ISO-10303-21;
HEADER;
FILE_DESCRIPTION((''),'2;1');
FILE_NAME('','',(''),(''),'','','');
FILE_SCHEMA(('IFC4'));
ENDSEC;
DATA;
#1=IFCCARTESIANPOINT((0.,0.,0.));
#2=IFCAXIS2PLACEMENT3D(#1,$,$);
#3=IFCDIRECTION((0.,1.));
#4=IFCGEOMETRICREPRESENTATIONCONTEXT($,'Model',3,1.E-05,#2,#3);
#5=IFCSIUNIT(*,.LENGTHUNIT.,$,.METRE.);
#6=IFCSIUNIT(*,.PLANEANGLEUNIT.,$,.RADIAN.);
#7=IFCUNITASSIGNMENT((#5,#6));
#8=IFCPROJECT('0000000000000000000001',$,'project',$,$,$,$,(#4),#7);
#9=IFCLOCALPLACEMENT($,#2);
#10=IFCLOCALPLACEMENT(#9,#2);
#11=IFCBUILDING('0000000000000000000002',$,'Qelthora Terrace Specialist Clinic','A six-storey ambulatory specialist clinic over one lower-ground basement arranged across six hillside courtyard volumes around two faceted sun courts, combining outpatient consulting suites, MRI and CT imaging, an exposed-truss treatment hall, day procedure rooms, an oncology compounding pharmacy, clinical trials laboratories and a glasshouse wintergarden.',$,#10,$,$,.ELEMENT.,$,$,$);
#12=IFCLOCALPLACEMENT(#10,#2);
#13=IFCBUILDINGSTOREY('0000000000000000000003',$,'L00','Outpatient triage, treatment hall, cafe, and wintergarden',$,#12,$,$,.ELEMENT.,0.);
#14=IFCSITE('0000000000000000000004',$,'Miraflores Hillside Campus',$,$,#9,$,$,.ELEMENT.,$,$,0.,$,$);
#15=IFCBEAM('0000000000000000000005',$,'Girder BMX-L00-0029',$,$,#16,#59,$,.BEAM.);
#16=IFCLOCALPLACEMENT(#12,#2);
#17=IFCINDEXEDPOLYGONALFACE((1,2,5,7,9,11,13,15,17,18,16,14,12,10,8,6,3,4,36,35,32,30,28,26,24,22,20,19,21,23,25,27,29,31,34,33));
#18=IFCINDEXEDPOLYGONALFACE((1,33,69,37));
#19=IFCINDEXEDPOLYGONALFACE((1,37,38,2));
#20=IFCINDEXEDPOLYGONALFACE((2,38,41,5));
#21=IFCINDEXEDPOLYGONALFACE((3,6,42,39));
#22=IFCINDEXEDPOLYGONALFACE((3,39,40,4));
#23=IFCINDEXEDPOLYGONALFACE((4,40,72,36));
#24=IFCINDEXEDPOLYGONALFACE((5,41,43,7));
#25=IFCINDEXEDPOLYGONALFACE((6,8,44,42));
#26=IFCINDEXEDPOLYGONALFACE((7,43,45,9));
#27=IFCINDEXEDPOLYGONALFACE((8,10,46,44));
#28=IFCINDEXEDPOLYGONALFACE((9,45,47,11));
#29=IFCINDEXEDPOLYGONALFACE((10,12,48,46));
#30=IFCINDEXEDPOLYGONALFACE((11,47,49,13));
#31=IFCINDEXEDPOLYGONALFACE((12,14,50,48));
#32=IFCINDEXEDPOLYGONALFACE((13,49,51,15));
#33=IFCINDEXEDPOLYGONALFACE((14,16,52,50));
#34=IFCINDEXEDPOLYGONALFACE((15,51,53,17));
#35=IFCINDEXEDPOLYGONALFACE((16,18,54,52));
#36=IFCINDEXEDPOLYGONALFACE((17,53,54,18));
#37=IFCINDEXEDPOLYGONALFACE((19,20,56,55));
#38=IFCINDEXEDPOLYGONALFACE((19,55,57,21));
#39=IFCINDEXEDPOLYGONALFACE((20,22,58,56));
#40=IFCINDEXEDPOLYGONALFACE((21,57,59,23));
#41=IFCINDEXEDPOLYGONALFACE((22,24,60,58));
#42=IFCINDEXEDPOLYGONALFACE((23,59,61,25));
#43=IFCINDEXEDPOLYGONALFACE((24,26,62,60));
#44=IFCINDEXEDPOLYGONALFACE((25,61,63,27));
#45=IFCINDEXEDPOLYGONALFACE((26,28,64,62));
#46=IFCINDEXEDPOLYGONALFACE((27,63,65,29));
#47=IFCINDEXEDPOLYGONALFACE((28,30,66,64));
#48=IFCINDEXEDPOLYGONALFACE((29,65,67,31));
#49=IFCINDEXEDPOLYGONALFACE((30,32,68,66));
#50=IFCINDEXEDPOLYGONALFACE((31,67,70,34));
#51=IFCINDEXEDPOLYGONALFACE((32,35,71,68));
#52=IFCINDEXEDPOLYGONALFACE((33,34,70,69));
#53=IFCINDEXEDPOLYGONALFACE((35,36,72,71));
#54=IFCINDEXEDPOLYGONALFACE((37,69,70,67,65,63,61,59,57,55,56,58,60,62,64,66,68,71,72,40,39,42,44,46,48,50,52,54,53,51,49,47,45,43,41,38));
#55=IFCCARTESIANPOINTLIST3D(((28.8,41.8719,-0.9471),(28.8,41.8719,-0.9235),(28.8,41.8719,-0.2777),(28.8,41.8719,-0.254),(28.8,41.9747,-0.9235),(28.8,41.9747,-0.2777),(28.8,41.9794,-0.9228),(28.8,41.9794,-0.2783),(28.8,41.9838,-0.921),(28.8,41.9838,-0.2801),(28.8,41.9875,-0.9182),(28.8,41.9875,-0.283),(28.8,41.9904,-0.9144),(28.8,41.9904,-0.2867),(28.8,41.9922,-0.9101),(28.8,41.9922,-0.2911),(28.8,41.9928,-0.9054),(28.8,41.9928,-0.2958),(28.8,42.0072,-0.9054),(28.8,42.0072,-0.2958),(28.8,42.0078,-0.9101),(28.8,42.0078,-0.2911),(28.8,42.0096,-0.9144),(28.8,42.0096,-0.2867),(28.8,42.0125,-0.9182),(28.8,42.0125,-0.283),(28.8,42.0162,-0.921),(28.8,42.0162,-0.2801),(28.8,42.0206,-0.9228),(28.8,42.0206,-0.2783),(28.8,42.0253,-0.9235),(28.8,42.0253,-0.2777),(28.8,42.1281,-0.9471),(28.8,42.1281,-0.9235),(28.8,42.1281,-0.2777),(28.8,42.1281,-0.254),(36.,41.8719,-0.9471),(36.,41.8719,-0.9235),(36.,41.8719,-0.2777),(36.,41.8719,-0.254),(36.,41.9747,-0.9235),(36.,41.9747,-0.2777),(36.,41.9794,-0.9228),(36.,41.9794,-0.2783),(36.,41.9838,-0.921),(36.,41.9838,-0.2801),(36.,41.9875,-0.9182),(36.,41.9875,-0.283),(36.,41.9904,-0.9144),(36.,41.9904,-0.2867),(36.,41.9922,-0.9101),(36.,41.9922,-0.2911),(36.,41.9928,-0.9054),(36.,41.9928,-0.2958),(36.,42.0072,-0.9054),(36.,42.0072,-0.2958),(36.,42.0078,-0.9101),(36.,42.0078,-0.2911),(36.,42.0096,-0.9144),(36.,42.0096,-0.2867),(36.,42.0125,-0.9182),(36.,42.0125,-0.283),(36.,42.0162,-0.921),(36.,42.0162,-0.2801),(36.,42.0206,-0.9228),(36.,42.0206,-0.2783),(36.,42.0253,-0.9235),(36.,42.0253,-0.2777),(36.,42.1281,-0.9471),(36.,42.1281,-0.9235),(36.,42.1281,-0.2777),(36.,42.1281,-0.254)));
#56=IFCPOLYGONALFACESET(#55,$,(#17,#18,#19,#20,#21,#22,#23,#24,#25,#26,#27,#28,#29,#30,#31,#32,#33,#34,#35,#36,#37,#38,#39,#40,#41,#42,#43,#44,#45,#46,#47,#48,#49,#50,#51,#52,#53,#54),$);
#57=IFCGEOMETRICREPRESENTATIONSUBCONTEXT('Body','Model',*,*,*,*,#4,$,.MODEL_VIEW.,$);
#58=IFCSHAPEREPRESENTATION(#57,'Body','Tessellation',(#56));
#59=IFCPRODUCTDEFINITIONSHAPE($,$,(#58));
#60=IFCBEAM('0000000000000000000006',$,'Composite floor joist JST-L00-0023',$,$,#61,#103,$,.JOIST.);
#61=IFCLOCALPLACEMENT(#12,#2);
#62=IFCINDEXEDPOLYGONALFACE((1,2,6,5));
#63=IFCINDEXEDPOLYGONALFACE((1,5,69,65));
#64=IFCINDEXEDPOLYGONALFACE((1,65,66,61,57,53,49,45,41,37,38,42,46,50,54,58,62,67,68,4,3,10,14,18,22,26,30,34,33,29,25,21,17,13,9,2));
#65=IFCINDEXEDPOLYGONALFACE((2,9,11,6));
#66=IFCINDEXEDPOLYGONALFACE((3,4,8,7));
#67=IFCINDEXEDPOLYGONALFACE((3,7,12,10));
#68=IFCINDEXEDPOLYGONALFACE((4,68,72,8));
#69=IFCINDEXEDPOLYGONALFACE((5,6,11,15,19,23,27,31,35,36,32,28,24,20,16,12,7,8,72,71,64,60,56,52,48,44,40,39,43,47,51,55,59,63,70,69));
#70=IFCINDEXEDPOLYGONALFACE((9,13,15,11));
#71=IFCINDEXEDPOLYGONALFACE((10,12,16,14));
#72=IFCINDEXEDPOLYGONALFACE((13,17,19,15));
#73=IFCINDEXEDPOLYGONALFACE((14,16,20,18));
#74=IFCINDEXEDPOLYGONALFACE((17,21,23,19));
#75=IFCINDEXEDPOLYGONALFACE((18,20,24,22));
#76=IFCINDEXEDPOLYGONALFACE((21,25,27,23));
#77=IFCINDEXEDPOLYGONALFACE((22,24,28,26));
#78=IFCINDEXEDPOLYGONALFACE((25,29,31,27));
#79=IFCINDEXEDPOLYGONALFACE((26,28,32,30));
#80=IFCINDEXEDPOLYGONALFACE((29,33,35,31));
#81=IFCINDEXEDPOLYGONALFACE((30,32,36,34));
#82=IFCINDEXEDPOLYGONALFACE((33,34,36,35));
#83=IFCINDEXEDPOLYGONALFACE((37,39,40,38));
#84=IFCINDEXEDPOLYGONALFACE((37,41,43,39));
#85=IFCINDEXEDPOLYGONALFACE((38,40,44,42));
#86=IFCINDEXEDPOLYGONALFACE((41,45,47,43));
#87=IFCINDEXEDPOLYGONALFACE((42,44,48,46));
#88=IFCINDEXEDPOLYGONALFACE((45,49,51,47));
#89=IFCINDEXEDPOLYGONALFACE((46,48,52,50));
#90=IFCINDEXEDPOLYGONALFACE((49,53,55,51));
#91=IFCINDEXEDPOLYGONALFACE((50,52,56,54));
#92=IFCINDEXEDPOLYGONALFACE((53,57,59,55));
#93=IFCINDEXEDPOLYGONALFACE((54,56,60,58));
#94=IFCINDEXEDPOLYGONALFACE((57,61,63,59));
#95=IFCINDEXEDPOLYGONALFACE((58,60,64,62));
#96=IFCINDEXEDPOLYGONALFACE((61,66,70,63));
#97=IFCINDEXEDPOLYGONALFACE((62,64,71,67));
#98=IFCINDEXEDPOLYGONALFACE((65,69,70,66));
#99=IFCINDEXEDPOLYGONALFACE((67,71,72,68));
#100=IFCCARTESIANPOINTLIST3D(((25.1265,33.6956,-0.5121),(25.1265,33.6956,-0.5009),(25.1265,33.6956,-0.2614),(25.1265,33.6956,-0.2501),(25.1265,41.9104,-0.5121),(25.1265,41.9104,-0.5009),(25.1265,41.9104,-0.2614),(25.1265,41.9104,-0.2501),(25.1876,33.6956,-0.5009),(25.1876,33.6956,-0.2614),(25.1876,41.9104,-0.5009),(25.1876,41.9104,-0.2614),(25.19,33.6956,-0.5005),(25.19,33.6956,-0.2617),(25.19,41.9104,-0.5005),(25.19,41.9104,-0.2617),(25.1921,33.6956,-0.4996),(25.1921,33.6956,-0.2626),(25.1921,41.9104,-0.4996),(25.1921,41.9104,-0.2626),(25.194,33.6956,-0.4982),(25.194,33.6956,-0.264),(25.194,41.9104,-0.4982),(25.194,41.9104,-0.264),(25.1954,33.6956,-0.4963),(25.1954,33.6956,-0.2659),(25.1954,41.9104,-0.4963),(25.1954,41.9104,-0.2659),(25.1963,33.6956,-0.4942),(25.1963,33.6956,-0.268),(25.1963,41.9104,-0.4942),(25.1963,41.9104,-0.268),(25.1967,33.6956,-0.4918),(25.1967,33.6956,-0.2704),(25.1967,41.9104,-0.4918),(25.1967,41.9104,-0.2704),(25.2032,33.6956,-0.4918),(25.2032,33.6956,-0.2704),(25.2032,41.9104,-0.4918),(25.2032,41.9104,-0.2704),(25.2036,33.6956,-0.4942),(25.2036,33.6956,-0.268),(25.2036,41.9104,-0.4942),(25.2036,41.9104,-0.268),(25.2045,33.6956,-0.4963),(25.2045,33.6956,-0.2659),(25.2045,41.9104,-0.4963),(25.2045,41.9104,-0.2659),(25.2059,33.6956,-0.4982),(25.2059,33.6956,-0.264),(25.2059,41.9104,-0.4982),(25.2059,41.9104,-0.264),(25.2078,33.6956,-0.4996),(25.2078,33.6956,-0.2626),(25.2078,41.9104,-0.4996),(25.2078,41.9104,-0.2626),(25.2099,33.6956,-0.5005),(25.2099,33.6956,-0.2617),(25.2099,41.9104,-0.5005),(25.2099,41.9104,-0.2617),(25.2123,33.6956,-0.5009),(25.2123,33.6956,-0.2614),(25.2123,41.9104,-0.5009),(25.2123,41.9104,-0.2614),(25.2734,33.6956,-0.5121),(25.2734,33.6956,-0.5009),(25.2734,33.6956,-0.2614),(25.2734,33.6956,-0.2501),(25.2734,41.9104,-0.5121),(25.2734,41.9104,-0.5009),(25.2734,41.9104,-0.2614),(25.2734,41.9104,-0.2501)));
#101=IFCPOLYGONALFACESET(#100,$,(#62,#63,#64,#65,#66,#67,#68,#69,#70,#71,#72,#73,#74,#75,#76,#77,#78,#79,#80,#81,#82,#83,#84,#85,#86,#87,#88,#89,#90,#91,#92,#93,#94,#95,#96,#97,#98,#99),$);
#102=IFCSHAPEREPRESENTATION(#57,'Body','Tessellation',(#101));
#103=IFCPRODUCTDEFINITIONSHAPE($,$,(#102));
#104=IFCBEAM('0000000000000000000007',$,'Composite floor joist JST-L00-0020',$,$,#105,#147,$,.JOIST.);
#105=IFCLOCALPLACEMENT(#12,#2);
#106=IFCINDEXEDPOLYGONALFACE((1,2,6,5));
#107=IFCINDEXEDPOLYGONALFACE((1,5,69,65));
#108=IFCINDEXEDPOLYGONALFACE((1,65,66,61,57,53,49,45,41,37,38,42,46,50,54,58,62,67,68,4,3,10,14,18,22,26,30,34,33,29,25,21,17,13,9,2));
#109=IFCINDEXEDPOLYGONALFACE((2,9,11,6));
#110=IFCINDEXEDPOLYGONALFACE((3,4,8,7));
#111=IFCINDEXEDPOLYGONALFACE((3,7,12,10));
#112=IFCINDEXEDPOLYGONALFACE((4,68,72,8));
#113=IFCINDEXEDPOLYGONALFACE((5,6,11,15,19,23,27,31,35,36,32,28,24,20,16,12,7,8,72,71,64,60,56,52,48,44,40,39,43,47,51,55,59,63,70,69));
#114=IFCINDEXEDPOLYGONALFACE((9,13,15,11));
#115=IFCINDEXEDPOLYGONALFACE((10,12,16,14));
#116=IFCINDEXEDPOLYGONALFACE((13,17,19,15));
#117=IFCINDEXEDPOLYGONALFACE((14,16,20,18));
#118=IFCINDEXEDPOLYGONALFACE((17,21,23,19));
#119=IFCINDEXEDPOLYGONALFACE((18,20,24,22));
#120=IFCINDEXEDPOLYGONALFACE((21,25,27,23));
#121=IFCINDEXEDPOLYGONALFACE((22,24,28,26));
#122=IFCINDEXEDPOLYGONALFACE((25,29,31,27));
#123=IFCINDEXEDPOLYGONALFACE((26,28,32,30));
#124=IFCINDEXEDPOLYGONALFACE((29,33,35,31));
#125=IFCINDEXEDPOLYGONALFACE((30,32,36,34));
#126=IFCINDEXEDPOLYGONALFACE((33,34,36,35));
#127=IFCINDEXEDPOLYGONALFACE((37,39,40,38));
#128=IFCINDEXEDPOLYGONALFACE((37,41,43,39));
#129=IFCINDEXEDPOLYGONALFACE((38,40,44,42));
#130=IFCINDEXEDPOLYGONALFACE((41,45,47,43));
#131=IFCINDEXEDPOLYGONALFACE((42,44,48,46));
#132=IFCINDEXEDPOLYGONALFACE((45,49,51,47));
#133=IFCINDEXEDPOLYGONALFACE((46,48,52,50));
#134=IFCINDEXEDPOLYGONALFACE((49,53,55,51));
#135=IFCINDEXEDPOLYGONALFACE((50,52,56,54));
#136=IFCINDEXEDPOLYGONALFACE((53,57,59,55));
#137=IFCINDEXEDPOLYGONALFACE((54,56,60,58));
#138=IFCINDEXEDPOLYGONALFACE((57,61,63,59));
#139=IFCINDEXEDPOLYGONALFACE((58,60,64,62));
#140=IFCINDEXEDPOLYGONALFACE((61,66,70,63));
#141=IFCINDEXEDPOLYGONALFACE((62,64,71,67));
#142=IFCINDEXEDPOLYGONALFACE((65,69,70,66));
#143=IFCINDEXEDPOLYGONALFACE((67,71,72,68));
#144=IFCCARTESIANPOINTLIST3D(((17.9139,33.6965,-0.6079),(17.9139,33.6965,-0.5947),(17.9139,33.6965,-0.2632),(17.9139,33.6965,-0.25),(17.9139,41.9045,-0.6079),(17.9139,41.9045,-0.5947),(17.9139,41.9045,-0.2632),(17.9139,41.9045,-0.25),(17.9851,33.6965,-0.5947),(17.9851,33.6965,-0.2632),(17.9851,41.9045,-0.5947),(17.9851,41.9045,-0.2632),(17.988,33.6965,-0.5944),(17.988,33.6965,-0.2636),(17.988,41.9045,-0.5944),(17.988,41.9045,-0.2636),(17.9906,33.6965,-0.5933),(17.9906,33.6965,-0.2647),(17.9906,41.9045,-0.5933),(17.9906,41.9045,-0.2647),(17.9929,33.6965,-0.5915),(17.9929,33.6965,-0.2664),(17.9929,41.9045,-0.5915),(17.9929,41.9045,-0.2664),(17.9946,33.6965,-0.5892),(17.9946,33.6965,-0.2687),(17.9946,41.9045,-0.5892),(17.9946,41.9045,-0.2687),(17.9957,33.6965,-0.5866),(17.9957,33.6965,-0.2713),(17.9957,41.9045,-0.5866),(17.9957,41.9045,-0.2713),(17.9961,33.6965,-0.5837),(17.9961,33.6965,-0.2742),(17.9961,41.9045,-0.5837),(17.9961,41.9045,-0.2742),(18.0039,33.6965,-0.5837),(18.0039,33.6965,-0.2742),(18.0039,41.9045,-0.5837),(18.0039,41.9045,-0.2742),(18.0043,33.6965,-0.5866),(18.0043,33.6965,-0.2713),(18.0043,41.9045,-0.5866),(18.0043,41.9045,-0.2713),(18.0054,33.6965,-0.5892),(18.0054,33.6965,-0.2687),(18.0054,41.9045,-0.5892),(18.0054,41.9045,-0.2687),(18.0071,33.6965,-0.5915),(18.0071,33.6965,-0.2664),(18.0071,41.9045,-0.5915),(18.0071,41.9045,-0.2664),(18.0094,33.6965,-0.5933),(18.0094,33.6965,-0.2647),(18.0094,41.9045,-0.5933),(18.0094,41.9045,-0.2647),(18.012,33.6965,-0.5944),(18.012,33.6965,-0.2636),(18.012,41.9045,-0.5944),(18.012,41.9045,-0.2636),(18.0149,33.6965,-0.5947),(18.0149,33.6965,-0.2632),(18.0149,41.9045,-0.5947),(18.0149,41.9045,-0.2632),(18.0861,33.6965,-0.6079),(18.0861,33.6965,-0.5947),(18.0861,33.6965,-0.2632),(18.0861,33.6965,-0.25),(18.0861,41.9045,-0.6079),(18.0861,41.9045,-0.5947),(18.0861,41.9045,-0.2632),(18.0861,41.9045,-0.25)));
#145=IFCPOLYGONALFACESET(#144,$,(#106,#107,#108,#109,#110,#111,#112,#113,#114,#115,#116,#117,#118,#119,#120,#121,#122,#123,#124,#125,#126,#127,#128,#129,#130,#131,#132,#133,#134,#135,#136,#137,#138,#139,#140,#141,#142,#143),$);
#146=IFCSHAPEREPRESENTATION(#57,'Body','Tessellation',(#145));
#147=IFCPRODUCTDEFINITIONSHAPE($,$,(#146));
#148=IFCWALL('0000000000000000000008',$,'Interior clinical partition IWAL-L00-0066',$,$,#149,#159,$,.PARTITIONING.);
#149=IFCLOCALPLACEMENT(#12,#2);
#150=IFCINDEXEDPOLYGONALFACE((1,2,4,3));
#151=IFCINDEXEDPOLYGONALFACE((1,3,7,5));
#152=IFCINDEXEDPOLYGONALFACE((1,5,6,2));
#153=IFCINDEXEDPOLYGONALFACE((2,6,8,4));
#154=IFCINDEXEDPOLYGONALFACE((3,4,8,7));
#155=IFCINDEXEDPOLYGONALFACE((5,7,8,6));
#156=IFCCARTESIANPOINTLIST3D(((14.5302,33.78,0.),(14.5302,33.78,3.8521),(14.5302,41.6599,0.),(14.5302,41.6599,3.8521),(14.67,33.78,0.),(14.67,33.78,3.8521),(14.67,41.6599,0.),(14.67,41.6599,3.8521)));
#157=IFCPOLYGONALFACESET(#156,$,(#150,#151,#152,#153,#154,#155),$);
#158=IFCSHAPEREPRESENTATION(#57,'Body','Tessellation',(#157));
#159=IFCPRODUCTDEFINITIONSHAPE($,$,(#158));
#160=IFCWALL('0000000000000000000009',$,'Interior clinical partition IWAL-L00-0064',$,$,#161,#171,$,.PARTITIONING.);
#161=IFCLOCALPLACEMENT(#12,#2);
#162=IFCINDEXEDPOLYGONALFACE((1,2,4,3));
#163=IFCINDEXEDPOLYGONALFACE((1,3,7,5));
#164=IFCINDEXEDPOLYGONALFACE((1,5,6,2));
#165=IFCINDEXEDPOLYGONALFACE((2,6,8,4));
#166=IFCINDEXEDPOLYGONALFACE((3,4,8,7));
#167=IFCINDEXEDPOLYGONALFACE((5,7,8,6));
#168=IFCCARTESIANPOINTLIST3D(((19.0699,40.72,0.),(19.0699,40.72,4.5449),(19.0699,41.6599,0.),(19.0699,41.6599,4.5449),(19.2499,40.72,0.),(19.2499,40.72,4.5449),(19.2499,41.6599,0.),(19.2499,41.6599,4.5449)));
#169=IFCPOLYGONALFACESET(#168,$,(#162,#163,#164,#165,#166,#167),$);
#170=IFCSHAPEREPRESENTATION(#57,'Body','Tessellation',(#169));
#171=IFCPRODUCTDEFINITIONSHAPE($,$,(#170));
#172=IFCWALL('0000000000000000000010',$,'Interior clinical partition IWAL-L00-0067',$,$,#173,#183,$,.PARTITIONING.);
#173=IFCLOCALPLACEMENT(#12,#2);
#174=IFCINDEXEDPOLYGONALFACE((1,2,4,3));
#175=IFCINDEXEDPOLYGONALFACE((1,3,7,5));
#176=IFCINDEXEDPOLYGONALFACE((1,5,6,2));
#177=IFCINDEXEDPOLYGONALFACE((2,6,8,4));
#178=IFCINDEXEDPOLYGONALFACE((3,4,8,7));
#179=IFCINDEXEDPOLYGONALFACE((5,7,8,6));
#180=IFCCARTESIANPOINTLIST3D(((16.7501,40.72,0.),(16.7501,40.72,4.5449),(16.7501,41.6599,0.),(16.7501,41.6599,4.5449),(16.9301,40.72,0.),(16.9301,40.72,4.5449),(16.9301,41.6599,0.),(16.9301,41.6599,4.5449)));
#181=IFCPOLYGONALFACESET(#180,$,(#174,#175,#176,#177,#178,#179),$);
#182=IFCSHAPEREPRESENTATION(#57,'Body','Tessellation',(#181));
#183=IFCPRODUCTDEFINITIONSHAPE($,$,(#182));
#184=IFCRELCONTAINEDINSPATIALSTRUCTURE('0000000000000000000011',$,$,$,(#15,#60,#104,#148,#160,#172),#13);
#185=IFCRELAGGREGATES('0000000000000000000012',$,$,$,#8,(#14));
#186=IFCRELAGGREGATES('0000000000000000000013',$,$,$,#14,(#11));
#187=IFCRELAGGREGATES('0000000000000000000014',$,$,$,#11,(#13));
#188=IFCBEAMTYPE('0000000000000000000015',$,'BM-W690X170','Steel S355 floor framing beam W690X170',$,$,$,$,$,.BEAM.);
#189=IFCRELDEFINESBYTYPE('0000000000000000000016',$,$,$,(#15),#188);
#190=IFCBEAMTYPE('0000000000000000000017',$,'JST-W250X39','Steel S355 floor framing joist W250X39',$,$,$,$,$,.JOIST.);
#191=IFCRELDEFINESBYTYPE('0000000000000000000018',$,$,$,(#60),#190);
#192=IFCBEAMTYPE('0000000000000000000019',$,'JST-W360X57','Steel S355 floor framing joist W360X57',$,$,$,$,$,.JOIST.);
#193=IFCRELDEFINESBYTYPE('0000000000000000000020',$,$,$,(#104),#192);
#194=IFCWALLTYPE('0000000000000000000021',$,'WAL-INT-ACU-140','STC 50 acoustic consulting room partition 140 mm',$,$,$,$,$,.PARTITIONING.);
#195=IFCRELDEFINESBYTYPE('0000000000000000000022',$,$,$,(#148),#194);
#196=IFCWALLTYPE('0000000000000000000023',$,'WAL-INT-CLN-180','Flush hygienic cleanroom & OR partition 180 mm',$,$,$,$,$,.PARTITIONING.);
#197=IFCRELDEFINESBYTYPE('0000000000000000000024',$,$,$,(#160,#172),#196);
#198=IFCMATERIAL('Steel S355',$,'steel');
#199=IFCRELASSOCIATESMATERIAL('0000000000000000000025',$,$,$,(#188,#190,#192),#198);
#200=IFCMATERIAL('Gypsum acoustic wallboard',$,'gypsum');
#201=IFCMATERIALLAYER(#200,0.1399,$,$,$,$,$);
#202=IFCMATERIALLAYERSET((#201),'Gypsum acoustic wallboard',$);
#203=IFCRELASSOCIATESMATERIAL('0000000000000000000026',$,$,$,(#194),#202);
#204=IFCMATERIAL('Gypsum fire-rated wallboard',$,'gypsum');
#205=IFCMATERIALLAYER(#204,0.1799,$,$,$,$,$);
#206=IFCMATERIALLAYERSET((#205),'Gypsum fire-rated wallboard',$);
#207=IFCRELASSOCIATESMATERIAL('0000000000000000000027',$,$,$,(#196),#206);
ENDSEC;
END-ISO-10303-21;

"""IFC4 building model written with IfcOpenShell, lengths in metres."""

from ifc_helpers import new_model, si_unit, direction, frame, frame_2d, origin, origin_2d, place, context, subcontext, project, spatial, rectangle, i_section, extrude, material, layer, layer_set, material_profile, profile_set, type_object, element, save


model = new_model("IFC4")

# Units and contexts
model_context = context("Model", 3, precision=1e-05, world=origin(), true_north=direction((0.0, 1.0)))
body_context = subcontext(model_context, "Body", "Model", "MODEL_VIEW")
ifc_project = project(units=[si_unit("LENGTHUNIT", "METRE"), si_unit("PLANEANGLEUNIT", "RADIAN")], contexts=[model_context])

# Site, building, storey
site_placement = place(None, origin())
site = spatial("IfcSite", under=ifc_project, at=site_placement, Name="Miraflores Hillside Campus", CompositionType="ELEMENT", RefElevation=0.0)
building_placement = place(site_placement, origin())
building = spatial("IfcBuilding", under=site, at=building_placement, Name="Qelthora Terrace Specialist Clinic", Description="A six-storey ambulatory specialist clinic over one lower-ground basement arranged across six hillside courtyard volumes around two faceted sun courts, combining outpatient consulting suites, MRI and CT imaging, an exposed-truss treatment hall, day procedure rooms, an oncology compounding pharmacy, clinical trials laboratories and a glasshouse wintergarden.", CompositionType="ELEMENT")
storey_placement = place(building_placement, origin())
storey = spatial("IfcBuildingStorey", under=building, at=storey_placement, Name="L00", Description="Outpatient triage, treatment hall, cafe, and wintergarden", CompositionType="ELEMENT", Elevation=0.0)

# Shared definitions
ifc_material_1 = material(Name="Steel S355", Category="steel")

# Beams
ifc_material_profile_1 = material_profile(ifc_material_1, i_section(OverallWidth=0.2561, OverallDepth=0.6931, WebThickness=0.0144, FlangeThickness=0.0237, FilletRadius=0.0181, at=origin_2d()), Name="W690X170")
ifc_profile_set_1 = profile_set([ifc_material_profile_1], Name="Steel S355")
beam_type_1 = type_object("IfcBeamType", Name="BM-W690X170", Description="Steel S355 floor framing beam W690X170", PredefinedType="BEAM", material=ifc_profile_set_1)
beam_1_placement = place(storey_placement, frame((28.8, 42.0, -0.6006), z_axis=(1.0, 0.0, 0.0), x_axis=(0.0, 1.0, 0.0)))
element("IfcBeam", 1, at=beam_1_placement, inside=storey, type_object=beam_type_1, Name="Girder BMX-L00-0029", PredefinedType="BEAM", context=body_context, shape_type="SweptSolid", body=[
    extrude(i_section(OverallWidth=0.2561, OverallDepth=0.6931, WebThickness=0.0144, FlangeThickness=0.0237, FilletRadius=0.0181, at=origin_2d()), origin(), (0.0, 0.0, 1.0), 7.2),
])
ifc_material_profile_2 = material_profile(ifc_material_1, i_section(OverallWidth=0.147, OverallDepth=0.262, WebThickness=0.0066, FlangeThickness=0.0112, FilletRadius=0.009, at=origin_2d()), Name="W250X39")
ifc_profile_set_2 = profile_set([ifc_material_profile_2], Name="Steel S355")
beam_type_2 = type_object("IfcBeamType", Name="JST-W250X39", Description="Steel S355 floor framing joist W250X39", PredefinedType="JOIST", material=ifc_profile_set_2)
beam_2_placement = place(storey_placement, frame((25.2, 33.6956, -0.3811), z_axis=(0.0, 1.0, 0.0), x_axis=(-1.0, 0.0, 0.0)))
element("IfcBeam", 2, at=beam_2_placement, inside=storey, type_object=beam_type_2, Name="Composite floor joist JST-L00-0023", PredefinedType="JOIST", context=body_context, shape_type="SweptSolid", body=[
    extrude(i_section(OverallWidth=0.147, OverallDepth=0.262, WebThickness=0.0066, FlangeThickness=0.0112, FilletRadius=0.009, at=origin_2d()), origin(), (0.0, 0.0, 1.0), 8.2148),
])
ifc_material_profile_3 = material_profile(ifc_material_1, i_section(OverallWidth=0.1721, OverallDepth=0.3579, WebThickness=0.0078, FlangeThickness=0.0132, FilletRadius=0.011, at=origin_2d()), Name="W360X57")
ifc_profile_set_3 = profile_set([ifc_material_profile_3], Name="Steel S355")
beam_type_3 = type_object("IfcBeamType", Name="JST-W360X57", Description="Steel S355 floor framing joist W360X57", PredefinedType="JOIST", material=ifc_profile_set_3)
beam_3_placement = place(storey_placement, frame((18.0, 33.6965, -0.429), z_axis=(0.0, 1.0, 0.0), x_axis=(-1.0, 0.0, 0.0)))
element("IfcBeam", 3, at=beam_3_placement, inside=storey, type_object=beam_type_3, Name="Composite floor joist JST-L00-0020", PredefinedType="JOIST", context=body_context, shape_type="SweptSolid", body=[
    extrude(i_section(OverallWidth=0.1721, OverallDepth=0.3579, WebThickness=0.0078, FlangeThickness=0.0132, FilletRadius=0.011, at=origin_2d()), origin(), (0.0, 0.0, 1.0), 8.208),
])

# Walls
ifc_material_2 = material(Name="Gypsum acoustic wallboard", Category="gypsum")
ifc_layer_1 = layer(ifc_material_2, 0.1399)
ifc_layer_set_1 = layer_set([ifc_layer_1], Name="Gypsum acoustic wallboard")
wall_type_1 = type_object("IfcWallType", Name="WAL-INT-ACU-140", Description="STC 50 acoustic consulting room partition 140 mm", PredefinedType="PARTITIONING", material=ifc_layer_set_1)
wall_1_placement = place(storey_placement, frame((14.6001, 33.78, 0.0), z_axis=(0.0, 0.0, 1.0), x_axis=(0.0, 1.0, 0.0)))
element("IfcWall", 4, at=wall_1_placement, inside=storey, type_object=wall_type_1, Name="Interior clinical partition IWAL-L00-0066", PredefinedType="PARTITIONING", context=body_context, shape_type="SweptSolid", body=[
    extrude(rectangle(XDim=7.8799, YDim=0.1399, at=frame_2d((3.9399, 0.0))), origin(), (0.0, 0.0, 1.0), 3.8521),
])
ifc_material_3 = material(Name="Gypsum fire-rated wallboard", Category="gypsum")
ifc_layer_2 = layer(ifc_material_3, 0.1799)
ifc_layer_set_2 = layer_set([ifc_layer_2], Name="Gypsum fire-rated wallboard")
wall_type_2 = type_object("IfcWallType", Name="WAL-INT-CLN-180", Description="Flush hygienic cleanroom & OR partition 180 mm", PredefinedType="PARTITIONING", material=ifc_layer_set_2)
for number, where, z_axis, x_axis, name in (
    (5, (19.1599, 40.72, 0.0), (0.0, 0.0, 1.0), (0.0, 1.0, 0.0), "Interior clinical partition IWAL-L00-0064"),
    (6, (16.8401, 41.6599, 0.0), (0.0, 0.0, 1.0), (0.0, -1.0, 0.0), "Interior clinical partition IWAL-L00-0067"),
):
    element("IfcWall", number, at=place(storey_placement, frame(where, z_axis=z_axis, x_axis=x_axis)), inside=storey, type_object=wall_type_2, Name=name, PredefinedType="PARTITIONING", context=body_context, shape_type="SweptSolid", body=[
        extrude(rectangle(XDim=0.9399, YDim=0.1799, at=frame_2d((0.47, 0.0))), origin(), (0.0, 0.0, 1.0), 4.5449),
    ])

save(model, "model.ifc")
